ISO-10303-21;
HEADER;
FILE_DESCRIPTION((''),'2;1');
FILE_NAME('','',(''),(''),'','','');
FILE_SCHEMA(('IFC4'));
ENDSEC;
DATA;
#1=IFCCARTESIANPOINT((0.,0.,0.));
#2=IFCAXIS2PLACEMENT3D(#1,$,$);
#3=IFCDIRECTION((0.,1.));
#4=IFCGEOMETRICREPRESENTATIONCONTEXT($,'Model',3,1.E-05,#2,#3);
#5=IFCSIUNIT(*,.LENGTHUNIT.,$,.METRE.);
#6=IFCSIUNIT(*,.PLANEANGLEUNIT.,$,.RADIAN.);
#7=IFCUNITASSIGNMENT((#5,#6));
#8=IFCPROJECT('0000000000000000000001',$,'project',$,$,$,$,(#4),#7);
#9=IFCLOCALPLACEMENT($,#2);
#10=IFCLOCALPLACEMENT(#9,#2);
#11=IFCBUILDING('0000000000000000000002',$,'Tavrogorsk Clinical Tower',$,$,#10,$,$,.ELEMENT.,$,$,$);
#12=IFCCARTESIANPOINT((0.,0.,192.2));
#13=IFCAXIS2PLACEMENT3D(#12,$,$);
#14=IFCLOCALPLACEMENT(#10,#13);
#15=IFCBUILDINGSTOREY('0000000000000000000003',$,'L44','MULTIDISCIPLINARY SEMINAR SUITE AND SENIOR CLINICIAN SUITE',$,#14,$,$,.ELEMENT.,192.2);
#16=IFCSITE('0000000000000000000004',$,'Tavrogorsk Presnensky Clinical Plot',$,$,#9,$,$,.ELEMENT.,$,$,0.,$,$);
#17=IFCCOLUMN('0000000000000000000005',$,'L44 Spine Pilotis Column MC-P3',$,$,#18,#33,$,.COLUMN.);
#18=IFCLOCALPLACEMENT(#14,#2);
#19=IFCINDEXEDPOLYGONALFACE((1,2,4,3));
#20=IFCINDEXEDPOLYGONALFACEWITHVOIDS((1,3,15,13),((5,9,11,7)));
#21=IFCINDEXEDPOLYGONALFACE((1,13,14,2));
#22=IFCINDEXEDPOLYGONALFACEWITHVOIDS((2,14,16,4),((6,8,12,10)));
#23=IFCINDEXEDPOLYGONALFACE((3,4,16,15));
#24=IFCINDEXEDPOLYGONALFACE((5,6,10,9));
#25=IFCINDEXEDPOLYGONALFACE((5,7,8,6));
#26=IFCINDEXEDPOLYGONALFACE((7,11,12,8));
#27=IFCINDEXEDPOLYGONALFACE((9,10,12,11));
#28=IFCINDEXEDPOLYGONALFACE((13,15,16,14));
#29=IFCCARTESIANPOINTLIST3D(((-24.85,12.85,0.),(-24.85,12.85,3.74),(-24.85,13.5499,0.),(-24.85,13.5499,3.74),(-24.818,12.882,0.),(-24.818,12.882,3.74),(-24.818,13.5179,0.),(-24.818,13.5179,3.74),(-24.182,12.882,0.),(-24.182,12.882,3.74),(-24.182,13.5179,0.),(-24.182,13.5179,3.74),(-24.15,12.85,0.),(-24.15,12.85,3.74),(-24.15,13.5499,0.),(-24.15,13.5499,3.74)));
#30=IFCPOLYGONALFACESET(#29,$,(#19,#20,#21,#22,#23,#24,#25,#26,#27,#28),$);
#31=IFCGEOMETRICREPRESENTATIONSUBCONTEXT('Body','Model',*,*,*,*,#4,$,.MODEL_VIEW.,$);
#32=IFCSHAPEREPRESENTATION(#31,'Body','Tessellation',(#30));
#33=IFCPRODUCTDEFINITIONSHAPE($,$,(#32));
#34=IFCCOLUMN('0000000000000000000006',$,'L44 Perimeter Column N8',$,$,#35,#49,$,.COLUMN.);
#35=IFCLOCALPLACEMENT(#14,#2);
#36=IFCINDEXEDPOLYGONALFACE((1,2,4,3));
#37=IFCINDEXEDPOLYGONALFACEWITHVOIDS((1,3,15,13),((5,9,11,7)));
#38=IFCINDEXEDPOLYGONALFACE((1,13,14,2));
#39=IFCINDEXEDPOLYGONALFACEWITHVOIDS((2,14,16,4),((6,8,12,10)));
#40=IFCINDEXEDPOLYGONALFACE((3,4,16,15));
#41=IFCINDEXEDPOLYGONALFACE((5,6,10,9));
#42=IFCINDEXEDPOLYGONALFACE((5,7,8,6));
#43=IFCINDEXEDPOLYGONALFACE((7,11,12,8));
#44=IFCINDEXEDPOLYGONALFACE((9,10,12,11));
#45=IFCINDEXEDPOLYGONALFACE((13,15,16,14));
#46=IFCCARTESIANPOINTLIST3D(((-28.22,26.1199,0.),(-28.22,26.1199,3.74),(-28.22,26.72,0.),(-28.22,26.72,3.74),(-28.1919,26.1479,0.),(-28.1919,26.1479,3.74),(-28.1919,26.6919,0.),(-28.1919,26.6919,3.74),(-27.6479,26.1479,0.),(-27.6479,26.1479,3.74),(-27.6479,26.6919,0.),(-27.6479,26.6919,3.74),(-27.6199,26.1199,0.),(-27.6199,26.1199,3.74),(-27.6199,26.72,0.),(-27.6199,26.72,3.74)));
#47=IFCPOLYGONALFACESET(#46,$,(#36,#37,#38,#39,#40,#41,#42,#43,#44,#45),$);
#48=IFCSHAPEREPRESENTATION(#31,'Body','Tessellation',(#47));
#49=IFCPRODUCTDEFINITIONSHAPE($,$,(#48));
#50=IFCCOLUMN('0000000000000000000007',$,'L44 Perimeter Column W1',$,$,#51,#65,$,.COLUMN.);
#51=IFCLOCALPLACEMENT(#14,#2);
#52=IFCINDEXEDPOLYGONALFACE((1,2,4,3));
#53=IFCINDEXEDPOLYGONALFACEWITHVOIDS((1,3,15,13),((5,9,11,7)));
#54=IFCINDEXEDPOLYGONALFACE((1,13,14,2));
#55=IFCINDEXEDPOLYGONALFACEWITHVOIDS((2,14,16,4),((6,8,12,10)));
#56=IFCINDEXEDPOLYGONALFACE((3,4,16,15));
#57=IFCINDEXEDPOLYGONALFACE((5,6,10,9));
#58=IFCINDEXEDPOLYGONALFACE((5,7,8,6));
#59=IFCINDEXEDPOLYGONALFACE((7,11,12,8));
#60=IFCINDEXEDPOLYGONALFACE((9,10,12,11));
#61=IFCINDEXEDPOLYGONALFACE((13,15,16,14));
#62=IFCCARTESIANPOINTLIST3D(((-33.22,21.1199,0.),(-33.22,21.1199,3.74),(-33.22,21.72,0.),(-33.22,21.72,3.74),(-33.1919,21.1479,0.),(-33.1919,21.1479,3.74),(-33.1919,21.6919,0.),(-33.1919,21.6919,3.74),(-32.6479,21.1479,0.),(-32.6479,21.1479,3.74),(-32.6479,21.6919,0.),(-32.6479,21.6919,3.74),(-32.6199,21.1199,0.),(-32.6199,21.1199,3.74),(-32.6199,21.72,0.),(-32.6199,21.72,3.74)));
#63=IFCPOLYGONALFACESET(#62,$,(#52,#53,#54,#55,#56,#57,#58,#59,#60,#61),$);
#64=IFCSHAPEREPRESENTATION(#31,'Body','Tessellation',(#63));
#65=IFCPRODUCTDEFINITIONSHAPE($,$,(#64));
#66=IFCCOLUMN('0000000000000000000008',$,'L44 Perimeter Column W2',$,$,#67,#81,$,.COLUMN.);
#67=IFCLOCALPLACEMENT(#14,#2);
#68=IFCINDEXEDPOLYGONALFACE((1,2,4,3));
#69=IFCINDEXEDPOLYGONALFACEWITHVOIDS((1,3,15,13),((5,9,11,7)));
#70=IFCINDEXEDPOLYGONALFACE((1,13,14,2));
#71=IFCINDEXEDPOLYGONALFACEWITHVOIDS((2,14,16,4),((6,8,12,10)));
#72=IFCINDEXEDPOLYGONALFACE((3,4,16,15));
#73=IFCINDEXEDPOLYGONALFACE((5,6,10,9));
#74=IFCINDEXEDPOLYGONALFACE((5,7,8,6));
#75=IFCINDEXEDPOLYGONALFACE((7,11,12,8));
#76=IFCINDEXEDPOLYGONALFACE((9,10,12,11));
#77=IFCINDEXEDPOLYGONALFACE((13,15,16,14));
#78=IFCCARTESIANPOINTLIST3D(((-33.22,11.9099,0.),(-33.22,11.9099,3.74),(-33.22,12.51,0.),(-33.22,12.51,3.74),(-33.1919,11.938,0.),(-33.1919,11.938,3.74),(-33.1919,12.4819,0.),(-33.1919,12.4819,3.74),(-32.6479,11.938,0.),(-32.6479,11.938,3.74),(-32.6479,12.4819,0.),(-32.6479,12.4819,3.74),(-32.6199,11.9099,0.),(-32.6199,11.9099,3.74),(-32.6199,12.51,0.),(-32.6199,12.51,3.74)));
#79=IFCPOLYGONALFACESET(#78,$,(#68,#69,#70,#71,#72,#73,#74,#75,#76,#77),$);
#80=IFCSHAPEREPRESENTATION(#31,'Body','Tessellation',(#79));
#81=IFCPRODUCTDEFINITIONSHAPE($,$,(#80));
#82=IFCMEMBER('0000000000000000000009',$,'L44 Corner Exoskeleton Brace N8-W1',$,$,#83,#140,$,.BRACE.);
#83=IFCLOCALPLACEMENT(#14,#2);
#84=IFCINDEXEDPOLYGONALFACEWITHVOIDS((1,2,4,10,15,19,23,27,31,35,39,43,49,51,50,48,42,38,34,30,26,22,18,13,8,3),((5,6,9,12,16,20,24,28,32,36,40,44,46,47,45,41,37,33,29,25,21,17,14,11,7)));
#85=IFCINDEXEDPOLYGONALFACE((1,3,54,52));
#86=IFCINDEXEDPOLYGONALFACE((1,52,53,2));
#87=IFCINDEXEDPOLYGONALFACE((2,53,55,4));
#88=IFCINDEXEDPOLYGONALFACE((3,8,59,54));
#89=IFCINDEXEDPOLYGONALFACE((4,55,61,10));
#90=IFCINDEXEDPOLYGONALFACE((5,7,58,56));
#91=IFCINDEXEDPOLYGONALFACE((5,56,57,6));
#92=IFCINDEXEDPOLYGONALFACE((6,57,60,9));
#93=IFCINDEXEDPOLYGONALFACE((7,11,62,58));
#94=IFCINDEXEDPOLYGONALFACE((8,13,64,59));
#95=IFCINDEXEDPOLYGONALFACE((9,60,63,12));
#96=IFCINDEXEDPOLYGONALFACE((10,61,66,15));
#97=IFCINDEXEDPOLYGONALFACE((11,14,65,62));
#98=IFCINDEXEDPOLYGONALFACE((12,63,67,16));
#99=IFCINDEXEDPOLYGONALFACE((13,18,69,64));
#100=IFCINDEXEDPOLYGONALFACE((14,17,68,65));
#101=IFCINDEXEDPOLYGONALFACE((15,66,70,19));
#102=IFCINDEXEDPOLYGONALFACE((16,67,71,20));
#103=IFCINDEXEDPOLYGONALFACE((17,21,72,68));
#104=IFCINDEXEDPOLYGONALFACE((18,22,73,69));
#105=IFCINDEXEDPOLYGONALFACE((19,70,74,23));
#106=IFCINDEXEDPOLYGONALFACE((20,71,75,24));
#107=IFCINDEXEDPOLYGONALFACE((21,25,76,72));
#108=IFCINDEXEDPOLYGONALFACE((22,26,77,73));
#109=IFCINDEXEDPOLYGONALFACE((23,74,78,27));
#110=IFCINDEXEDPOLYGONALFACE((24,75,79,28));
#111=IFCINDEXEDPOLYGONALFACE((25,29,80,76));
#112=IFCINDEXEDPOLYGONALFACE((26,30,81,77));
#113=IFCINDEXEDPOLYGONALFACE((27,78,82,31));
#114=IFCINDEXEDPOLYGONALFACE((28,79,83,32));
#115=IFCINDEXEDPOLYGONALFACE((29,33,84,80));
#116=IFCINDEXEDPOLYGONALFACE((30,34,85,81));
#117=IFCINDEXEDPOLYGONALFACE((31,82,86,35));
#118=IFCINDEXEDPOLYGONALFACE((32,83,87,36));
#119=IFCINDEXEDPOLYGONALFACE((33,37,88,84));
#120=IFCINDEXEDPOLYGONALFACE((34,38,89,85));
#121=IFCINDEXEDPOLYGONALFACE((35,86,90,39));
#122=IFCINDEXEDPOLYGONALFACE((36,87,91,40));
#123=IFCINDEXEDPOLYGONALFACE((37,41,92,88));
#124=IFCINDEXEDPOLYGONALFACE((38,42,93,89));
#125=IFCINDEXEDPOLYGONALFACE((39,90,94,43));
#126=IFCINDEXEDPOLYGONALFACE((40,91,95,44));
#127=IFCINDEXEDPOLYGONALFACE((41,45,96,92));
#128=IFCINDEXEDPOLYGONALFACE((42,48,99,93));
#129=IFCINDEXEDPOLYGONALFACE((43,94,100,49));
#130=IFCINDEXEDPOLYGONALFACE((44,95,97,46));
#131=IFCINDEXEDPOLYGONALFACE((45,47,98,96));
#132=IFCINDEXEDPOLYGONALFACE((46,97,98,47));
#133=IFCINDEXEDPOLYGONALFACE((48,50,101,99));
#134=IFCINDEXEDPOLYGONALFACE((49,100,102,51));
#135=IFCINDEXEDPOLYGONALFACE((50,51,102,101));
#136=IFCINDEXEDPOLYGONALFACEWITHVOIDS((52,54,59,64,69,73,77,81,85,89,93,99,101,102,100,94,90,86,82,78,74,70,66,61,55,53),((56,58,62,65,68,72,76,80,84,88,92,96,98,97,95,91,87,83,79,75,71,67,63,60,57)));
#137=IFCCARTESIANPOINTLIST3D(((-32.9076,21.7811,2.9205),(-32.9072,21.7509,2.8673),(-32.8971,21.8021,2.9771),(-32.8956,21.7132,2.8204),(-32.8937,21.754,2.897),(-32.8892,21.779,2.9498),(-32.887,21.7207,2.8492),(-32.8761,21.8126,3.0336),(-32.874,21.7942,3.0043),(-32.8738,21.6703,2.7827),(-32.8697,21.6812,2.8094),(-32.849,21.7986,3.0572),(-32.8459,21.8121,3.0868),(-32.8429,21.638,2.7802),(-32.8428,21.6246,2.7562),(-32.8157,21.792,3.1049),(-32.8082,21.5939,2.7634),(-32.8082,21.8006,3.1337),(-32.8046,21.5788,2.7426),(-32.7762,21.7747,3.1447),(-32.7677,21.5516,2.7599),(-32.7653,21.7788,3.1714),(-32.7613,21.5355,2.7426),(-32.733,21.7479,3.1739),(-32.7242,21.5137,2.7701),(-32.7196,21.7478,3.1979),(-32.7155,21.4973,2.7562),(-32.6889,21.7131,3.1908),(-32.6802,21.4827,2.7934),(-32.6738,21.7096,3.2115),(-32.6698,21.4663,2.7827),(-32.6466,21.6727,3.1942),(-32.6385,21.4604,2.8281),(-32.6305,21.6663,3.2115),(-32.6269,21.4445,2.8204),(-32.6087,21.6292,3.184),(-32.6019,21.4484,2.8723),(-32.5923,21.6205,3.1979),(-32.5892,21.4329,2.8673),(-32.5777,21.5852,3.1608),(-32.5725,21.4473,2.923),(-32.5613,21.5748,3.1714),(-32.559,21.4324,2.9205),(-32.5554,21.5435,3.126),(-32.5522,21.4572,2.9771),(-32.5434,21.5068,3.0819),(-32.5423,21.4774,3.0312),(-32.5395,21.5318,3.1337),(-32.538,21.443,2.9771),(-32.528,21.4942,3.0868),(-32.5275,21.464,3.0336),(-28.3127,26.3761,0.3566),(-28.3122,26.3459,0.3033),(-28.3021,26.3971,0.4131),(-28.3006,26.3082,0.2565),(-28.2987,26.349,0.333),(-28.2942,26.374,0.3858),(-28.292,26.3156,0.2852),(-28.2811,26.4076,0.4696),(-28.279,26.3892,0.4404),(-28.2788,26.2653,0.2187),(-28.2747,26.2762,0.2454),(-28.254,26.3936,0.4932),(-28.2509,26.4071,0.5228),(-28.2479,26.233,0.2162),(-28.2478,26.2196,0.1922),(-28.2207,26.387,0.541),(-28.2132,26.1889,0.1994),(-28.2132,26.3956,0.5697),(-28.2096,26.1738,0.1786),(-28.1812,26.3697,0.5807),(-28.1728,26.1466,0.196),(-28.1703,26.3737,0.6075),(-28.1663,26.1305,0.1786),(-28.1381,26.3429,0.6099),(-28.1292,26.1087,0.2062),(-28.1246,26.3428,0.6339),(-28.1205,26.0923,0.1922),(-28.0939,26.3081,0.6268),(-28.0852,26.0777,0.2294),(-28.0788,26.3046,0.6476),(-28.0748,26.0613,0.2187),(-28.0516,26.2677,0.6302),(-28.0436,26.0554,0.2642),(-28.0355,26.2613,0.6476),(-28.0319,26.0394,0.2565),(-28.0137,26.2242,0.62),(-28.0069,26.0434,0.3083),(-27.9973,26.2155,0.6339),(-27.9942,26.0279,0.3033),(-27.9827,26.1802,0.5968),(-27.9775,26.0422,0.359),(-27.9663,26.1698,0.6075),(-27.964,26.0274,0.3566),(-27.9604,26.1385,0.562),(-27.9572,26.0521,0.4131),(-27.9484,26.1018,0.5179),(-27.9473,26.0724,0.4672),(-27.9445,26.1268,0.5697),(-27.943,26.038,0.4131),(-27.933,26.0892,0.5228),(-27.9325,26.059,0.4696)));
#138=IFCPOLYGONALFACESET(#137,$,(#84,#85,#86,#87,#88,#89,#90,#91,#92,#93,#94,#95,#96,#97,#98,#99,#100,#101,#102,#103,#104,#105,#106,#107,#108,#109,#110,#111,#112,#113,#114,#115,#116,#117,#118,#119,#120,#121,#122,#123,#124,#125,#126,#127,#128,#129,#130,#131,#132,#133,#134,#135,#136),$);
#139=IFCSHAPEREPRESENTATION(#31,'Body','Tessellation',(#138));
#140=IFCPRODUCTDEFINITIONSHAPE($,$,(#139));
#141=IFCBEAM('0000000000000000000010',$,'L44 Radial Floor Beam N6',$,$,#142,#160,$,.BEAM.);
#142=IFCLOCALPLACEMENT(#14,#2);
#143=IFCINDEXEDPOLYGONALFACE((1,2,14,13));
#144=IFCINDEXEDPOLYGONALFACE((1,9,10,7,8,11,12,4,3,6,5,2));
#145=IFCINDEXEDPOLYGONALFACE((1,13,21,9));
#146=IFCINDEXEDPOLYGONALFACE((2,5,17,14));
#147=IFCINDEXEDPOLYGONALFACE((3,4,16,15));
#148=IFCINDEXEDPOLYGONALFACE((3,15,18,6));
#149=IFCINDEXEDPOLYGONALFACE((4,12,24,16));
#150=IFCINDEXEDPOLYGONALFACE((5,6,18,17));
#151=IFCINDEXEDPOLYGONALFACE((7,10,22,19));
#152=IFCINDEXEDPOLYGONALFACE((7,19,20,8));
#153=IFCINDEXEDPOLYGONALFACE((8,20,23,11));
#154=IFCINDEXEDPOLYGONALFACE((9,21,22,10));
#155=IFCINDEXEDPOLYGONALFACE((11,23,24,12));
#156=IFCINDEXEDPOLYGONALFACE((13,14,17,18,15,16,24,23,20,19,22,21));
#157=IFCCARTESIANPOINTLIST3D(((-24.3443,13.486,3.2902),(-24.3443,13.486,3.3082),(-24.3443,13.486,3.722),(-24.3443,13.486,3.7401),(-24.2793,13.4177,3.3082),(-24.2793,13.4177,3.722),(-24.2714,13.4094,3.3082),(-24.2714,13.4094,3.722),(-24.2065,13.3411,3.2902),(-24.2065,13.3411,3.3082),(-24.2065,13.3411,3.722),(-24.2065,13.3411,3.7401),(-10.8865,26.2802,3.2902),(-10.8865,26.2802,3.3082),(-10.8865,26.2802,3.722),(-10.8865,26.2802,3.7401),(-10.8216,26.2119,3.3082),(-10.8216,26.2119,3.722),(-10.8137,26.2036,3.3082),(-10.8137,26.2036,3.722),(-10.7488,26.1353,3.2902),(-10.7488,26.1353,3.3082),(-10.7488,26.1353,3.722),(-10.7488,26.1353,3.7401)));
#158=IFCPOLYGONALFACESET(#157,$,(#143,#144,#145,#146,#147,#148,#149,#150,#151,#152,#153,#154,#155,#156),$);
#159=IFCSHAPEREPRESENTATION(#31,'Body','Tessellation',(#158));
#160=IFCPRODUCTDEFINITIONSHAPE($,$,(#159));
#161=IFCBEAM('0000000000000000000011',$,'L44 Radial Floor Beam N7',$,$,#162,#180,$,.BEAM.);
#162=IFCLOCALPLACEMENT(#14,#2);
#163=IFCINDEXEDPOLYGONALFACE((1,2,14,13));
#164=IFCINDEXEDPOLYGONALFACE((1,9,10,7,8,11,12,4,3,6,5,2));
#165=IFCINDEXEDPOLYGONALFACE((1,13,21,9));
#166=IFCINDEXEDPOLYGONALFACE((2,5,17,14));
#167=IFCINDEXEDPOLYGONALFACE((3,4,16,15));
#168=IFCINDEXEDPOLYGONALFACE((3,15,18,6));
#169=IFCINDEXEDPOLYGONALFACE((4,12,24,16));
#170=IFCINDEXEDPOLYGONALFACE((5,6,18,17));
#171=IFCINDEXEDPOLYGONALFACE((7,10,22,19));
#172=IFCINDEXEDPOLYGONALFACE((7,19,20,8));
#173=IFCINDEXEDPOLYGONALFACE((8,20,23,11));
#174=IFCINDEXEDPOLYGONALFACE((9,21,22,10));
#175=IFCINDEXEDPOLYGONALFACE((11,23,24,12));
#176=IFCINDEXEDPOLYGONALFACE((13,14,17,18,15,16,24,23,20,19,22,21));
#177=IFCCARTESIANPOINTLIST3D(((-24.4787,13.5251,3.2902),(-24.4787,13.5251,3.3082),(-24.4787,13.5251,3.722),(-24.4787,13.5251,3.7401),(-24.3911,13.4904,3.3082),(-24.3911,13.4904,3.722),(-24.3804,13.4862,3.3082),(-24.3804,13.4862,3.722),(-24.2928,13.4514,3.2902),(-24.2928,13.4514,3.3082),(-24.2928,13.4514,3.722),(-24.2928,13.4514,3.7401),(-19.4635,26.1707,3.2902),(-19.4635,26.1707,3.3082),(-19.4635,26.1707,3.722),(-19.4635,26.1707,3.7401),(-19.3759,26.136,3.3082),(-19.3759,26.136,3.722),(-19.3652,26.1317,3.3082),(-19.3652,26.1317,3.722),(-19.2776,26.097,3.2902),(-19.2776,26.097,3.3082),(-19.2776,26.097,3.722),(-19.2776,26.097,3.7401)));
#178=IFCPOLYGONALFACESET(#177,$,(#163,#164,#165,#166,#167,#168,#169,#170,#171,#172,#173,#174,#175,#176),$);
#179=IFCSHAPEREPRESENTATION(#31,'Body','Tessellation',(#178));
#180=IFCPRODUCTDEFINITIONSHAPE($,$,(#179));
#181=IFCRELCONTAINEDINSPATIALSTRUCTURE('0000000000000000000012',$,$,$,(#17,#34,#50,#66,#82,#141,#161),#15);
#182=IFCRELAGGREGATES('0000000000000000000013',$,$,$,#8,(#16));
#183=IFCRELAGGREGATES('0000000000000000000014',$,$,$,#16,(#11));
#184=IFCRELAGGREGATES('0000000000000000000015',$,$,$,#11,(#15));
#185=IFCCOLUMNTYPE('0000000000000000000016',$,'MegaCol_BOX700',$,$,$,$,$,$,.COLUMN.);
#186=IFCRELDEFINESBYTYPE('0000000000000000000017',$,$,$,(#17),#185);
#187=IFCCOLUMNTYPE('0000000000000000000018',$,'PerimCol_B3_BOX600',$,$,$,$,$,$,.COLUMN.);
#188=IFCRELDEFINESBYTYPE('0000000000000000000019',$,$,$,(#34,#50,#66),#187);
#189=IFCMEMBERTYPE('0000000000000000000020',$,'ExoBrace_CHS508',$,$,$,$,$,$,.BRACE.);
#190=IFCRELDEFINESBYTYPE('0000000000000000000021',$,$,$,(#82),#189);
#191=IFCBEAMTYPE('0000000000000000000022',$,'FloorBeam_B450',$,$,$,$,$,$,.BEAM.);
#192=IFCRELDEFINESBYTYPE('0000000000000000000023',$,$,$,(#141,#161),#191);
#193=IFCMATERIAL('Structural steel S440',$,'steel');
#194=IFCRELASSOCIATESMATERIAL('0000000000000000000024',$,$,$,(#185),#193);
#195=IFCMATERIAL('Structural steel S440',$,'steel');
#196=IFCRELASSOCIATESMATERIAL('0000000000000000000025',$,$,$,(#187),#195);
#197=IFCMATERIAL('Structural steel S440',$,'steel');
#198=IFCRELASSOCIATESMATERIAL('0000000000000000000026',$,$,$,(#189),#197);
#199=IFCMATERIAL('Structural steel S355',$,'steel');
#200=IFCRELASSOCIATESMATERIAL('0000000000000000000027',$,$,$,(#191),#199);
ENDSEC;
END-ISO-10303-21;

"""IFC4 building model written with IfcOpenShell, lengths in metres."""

from ifc_helpers import new_model, si_unit, direction, frame, origin, origin_2d, place, context, subcontext, project, spatial, hollow_rectangle, hollow_circle, i_section, extrude, material, material_profile, profile_set, type_object, element, save


model = new_model("IFC4")

# Units and contexts
model_context = context("Model", 3, precision=1e-05, world=origin(), true_north=direction((0.0, 1.0)))
body_context = subcontext(model_context, "Body", "Model", "MODEL_VIEW")
ifc_project = project(units=[si_unit("LENGTHUNIT", "METRE"), si_unit("PLANEANGLEUNIT", "RADIAN")], contexts=[model_context])

# Site, building, storey
site_placement = place(None, origin())
site = spatial("IfcSite", under=ifc_project, at=site_placement, Name="Tavrogorsk Presnensky Clinical Plot", CompositionType="ELEMENT", RefElevation=0.0)
building_placement = place(site_placement, origin())
building = spatial("IfcBuilding", under=site, at=building_placement, Name="Tavrogorsk Clinical Tower", CompositionType="ELEMENT")
storey_placement = place(building_placement, frame((0.0, 0.0, 192.2)))
storey = spatial("IfcBuildingStorey", under=building, at=storey_placement, Name="L44", Description="MULTIDISCIPLINARY SEMINAR SUITE AND SENIOR CLINICIAN SUITE", CompositionType="ELEMENT", Elevation=192.2)

# Columns
ifc_material_1 = material(Name="Structural steel S440", Category="steel")
ifc_material_profile_1 = material_profile(ifc_material_1, hollow_rectangle(XDim=0.7, YDim=0.7, WallThickness=0.032, at=origin_2d()), Name="BOX-700x700x32")
ifc_profile_set_1 = profile_set([ifc_material_profile_1], Name="Structural steel S440")
column_type_1 = type_object("IfcColumnType", Name="MegaCol_BOX700", PredefinedType="COLUMN", material=ifc_profile_set_1)
column_placement = place(storey_placement, frame((-24.5, 13.2, 0.0), z_axis=(0.0, 0.0, 1.0), x_axis=(1.0, 0.0, 0.0)))
element("IfcColumn", 1, at=column_placement, inside=storey, type_object=column_type_1, Name="L44 Spine Pilotis Column MC-P3", PredefinedType="COLUMN", context=body_context, shape_type="SweptSolid", body=[
    extrude(hollow_rectangle(XDim=0.7, YDim=0.7, WallThickness=0.032, at=origin_2d()), origin(), (0.0, 0.0, 1.0), 3.74),
])
ifc_material_2 = material(Name="Structural steel S440", Category="steel")
ifc_material_profile_2 = material_profile(ifc_material_2, hollow_rectangle(XDim=0.6001, YDim=0.6001, WallThickness=0.0281, at=origin_2d()), Name="BOX-600x600x28")
ifc_profile_set_2 = profile_set([ifc_material_profile_2], Name="Structural steel S440")
column_type_2 = type_object("IfcColumnType", Name="PerimCol_B3_BOX600", PredefinedType="COLUMN", material=ifc_profile_set_2)
for number, where, z_axis, x_axis, name in (
    (2, (-27.9199, 26.4199, 0.0), (0.0, 0.0, 1.0), (1.0, 0.0, 0.0), "L44 Perimeter Column N8"),
    (3, (-32.9199, 21.4199, 0.0), (0.0, 0.0, 1.0), (1.0, 0.0, 0.0), "L44 Perimeter Column W1"),
    (4, (-32.9199, 12.21, 0.0), (0.0, 0.0, 1.0), (1.0, 0.0, 0.0), "L44 Perimeter Column W2"),
):
    element("IfcColumn", number, at=place(storey_placement, frame(where, z_axis=z_axis, x_axis=x_axis)), inside=storey, type_object=column_type_2, Name=name, PredefinedType="COLUMN", context=body_context, shape_type="SweptSolid", body=[
        extrude(hollow_rectangle(XDim=0.6001, YDim=0.6001, WallThickness=0.0281, at=origin_2d()), origin(), (0.0, 0.0, 1.0), 3.74),
    ])

# Member
ifc_material_3 = material(Name="Structural steel S440", Category="steel")
ifc_material_profile_3 = material_profile(ifc_material_3, hollow_circle(Radius=0.2539, WallThickness=0.02, at=origin_2d()), Name="CHS-508x20")
ifc_profile_set_3 = profile_set([ifc_material_profile_3], Name="Structural steel S440")
member_type = type_object("IfcMemberType", Name="ExoBrace_CHS508", PredefinedType="BRACE", material=ifc_profile_set_3)
member_placement = place(storey_placement, frame((-28.1226, 26.2175, 0.4131), z_axis=(-0.657759, -0.657759, 0.367025), x_axis=(0.707107, -0.707107, 0.0)))
element("IfcMember", 5, at=member_placement, inside=storey, type_object=member_type, Name="L44 Corner Exoskeleton Brace N8-W1", PredefinedType="BRACE", context=body_context, shape_type="SweptSolid", body=[
    extrude(hollow_circle(Radius=0.2539, WallThickness=0.02, at=origin_2d()), origin(), (0.0, 0.0, 1.0), 6.9858),
])

# Beams
ifc_material_4 = material(Name="Structural steel S355", Category="steel")
ifc_material_profile_4 = material_profile(ifc_material_4, i_section(OverallWidth=0.2, OverallDepth=0.45, WebThickness=0.0115, FlangeThickness=0.0181, at=origin_2d()), Name="B-450x200x11.5x18")
ifc_profile_set_4 = profile_set([ifc_material_profile_4], Name="Structural steel S355")
beam_type_1 = type_object("IfcBeamType", Name="FloorBeam_B450", PredefinedType="BEAM", material=ifc_profile_set_4)
beam_1_placement = place(storey_placement, frame((-24.2754, 13.4136, 3.5151), z_axis=(0.724749, 0.689013, 0.0), x_axis=(-0.689013, 0.724749, 0.0)))
element("IfcBeam", 6, at=beam_1_placement, inside=storey, type_object=beam_type_1, Name="L44 Radial Floor Beam N6", PredefinedType="BEAM", context=body_context, shape_type="SweptSolid", body=[
    extrude(i_section(OverallWidth=0.2, OverallDepth=0.45, WebThickness=0.0115, FlangeThickness=0.0181, at=origin_2d()), origin(), (0.0, 0.0, 1.0), 18.5688),
])
beam_2_placement = place(storey_placement, frame((-24.3857, 13.4883, 3.5151), z_axis=(0.36866, 0.929564, 0.0), x_axis=(-0.929564, 0.36866, 0.0)))
element("IfcBeam", 7, at=beam_2_placement, inside=storey, type_object=beam_type_1, Name="L44 Radial Floor Beam N7", PredefinedType="BEAM", context=body_context, shape_type="SweptSolid", body=[
    extrude(i_section(OverallWidth=0.2, OverallDepth=0.45, WebThickness=0.0115, FlangeThickness=0.0181, at=origin_2d()), origin(), (0.0, 0.0, 1.0), 13.6038),
])

save(model, "model.ifc")
